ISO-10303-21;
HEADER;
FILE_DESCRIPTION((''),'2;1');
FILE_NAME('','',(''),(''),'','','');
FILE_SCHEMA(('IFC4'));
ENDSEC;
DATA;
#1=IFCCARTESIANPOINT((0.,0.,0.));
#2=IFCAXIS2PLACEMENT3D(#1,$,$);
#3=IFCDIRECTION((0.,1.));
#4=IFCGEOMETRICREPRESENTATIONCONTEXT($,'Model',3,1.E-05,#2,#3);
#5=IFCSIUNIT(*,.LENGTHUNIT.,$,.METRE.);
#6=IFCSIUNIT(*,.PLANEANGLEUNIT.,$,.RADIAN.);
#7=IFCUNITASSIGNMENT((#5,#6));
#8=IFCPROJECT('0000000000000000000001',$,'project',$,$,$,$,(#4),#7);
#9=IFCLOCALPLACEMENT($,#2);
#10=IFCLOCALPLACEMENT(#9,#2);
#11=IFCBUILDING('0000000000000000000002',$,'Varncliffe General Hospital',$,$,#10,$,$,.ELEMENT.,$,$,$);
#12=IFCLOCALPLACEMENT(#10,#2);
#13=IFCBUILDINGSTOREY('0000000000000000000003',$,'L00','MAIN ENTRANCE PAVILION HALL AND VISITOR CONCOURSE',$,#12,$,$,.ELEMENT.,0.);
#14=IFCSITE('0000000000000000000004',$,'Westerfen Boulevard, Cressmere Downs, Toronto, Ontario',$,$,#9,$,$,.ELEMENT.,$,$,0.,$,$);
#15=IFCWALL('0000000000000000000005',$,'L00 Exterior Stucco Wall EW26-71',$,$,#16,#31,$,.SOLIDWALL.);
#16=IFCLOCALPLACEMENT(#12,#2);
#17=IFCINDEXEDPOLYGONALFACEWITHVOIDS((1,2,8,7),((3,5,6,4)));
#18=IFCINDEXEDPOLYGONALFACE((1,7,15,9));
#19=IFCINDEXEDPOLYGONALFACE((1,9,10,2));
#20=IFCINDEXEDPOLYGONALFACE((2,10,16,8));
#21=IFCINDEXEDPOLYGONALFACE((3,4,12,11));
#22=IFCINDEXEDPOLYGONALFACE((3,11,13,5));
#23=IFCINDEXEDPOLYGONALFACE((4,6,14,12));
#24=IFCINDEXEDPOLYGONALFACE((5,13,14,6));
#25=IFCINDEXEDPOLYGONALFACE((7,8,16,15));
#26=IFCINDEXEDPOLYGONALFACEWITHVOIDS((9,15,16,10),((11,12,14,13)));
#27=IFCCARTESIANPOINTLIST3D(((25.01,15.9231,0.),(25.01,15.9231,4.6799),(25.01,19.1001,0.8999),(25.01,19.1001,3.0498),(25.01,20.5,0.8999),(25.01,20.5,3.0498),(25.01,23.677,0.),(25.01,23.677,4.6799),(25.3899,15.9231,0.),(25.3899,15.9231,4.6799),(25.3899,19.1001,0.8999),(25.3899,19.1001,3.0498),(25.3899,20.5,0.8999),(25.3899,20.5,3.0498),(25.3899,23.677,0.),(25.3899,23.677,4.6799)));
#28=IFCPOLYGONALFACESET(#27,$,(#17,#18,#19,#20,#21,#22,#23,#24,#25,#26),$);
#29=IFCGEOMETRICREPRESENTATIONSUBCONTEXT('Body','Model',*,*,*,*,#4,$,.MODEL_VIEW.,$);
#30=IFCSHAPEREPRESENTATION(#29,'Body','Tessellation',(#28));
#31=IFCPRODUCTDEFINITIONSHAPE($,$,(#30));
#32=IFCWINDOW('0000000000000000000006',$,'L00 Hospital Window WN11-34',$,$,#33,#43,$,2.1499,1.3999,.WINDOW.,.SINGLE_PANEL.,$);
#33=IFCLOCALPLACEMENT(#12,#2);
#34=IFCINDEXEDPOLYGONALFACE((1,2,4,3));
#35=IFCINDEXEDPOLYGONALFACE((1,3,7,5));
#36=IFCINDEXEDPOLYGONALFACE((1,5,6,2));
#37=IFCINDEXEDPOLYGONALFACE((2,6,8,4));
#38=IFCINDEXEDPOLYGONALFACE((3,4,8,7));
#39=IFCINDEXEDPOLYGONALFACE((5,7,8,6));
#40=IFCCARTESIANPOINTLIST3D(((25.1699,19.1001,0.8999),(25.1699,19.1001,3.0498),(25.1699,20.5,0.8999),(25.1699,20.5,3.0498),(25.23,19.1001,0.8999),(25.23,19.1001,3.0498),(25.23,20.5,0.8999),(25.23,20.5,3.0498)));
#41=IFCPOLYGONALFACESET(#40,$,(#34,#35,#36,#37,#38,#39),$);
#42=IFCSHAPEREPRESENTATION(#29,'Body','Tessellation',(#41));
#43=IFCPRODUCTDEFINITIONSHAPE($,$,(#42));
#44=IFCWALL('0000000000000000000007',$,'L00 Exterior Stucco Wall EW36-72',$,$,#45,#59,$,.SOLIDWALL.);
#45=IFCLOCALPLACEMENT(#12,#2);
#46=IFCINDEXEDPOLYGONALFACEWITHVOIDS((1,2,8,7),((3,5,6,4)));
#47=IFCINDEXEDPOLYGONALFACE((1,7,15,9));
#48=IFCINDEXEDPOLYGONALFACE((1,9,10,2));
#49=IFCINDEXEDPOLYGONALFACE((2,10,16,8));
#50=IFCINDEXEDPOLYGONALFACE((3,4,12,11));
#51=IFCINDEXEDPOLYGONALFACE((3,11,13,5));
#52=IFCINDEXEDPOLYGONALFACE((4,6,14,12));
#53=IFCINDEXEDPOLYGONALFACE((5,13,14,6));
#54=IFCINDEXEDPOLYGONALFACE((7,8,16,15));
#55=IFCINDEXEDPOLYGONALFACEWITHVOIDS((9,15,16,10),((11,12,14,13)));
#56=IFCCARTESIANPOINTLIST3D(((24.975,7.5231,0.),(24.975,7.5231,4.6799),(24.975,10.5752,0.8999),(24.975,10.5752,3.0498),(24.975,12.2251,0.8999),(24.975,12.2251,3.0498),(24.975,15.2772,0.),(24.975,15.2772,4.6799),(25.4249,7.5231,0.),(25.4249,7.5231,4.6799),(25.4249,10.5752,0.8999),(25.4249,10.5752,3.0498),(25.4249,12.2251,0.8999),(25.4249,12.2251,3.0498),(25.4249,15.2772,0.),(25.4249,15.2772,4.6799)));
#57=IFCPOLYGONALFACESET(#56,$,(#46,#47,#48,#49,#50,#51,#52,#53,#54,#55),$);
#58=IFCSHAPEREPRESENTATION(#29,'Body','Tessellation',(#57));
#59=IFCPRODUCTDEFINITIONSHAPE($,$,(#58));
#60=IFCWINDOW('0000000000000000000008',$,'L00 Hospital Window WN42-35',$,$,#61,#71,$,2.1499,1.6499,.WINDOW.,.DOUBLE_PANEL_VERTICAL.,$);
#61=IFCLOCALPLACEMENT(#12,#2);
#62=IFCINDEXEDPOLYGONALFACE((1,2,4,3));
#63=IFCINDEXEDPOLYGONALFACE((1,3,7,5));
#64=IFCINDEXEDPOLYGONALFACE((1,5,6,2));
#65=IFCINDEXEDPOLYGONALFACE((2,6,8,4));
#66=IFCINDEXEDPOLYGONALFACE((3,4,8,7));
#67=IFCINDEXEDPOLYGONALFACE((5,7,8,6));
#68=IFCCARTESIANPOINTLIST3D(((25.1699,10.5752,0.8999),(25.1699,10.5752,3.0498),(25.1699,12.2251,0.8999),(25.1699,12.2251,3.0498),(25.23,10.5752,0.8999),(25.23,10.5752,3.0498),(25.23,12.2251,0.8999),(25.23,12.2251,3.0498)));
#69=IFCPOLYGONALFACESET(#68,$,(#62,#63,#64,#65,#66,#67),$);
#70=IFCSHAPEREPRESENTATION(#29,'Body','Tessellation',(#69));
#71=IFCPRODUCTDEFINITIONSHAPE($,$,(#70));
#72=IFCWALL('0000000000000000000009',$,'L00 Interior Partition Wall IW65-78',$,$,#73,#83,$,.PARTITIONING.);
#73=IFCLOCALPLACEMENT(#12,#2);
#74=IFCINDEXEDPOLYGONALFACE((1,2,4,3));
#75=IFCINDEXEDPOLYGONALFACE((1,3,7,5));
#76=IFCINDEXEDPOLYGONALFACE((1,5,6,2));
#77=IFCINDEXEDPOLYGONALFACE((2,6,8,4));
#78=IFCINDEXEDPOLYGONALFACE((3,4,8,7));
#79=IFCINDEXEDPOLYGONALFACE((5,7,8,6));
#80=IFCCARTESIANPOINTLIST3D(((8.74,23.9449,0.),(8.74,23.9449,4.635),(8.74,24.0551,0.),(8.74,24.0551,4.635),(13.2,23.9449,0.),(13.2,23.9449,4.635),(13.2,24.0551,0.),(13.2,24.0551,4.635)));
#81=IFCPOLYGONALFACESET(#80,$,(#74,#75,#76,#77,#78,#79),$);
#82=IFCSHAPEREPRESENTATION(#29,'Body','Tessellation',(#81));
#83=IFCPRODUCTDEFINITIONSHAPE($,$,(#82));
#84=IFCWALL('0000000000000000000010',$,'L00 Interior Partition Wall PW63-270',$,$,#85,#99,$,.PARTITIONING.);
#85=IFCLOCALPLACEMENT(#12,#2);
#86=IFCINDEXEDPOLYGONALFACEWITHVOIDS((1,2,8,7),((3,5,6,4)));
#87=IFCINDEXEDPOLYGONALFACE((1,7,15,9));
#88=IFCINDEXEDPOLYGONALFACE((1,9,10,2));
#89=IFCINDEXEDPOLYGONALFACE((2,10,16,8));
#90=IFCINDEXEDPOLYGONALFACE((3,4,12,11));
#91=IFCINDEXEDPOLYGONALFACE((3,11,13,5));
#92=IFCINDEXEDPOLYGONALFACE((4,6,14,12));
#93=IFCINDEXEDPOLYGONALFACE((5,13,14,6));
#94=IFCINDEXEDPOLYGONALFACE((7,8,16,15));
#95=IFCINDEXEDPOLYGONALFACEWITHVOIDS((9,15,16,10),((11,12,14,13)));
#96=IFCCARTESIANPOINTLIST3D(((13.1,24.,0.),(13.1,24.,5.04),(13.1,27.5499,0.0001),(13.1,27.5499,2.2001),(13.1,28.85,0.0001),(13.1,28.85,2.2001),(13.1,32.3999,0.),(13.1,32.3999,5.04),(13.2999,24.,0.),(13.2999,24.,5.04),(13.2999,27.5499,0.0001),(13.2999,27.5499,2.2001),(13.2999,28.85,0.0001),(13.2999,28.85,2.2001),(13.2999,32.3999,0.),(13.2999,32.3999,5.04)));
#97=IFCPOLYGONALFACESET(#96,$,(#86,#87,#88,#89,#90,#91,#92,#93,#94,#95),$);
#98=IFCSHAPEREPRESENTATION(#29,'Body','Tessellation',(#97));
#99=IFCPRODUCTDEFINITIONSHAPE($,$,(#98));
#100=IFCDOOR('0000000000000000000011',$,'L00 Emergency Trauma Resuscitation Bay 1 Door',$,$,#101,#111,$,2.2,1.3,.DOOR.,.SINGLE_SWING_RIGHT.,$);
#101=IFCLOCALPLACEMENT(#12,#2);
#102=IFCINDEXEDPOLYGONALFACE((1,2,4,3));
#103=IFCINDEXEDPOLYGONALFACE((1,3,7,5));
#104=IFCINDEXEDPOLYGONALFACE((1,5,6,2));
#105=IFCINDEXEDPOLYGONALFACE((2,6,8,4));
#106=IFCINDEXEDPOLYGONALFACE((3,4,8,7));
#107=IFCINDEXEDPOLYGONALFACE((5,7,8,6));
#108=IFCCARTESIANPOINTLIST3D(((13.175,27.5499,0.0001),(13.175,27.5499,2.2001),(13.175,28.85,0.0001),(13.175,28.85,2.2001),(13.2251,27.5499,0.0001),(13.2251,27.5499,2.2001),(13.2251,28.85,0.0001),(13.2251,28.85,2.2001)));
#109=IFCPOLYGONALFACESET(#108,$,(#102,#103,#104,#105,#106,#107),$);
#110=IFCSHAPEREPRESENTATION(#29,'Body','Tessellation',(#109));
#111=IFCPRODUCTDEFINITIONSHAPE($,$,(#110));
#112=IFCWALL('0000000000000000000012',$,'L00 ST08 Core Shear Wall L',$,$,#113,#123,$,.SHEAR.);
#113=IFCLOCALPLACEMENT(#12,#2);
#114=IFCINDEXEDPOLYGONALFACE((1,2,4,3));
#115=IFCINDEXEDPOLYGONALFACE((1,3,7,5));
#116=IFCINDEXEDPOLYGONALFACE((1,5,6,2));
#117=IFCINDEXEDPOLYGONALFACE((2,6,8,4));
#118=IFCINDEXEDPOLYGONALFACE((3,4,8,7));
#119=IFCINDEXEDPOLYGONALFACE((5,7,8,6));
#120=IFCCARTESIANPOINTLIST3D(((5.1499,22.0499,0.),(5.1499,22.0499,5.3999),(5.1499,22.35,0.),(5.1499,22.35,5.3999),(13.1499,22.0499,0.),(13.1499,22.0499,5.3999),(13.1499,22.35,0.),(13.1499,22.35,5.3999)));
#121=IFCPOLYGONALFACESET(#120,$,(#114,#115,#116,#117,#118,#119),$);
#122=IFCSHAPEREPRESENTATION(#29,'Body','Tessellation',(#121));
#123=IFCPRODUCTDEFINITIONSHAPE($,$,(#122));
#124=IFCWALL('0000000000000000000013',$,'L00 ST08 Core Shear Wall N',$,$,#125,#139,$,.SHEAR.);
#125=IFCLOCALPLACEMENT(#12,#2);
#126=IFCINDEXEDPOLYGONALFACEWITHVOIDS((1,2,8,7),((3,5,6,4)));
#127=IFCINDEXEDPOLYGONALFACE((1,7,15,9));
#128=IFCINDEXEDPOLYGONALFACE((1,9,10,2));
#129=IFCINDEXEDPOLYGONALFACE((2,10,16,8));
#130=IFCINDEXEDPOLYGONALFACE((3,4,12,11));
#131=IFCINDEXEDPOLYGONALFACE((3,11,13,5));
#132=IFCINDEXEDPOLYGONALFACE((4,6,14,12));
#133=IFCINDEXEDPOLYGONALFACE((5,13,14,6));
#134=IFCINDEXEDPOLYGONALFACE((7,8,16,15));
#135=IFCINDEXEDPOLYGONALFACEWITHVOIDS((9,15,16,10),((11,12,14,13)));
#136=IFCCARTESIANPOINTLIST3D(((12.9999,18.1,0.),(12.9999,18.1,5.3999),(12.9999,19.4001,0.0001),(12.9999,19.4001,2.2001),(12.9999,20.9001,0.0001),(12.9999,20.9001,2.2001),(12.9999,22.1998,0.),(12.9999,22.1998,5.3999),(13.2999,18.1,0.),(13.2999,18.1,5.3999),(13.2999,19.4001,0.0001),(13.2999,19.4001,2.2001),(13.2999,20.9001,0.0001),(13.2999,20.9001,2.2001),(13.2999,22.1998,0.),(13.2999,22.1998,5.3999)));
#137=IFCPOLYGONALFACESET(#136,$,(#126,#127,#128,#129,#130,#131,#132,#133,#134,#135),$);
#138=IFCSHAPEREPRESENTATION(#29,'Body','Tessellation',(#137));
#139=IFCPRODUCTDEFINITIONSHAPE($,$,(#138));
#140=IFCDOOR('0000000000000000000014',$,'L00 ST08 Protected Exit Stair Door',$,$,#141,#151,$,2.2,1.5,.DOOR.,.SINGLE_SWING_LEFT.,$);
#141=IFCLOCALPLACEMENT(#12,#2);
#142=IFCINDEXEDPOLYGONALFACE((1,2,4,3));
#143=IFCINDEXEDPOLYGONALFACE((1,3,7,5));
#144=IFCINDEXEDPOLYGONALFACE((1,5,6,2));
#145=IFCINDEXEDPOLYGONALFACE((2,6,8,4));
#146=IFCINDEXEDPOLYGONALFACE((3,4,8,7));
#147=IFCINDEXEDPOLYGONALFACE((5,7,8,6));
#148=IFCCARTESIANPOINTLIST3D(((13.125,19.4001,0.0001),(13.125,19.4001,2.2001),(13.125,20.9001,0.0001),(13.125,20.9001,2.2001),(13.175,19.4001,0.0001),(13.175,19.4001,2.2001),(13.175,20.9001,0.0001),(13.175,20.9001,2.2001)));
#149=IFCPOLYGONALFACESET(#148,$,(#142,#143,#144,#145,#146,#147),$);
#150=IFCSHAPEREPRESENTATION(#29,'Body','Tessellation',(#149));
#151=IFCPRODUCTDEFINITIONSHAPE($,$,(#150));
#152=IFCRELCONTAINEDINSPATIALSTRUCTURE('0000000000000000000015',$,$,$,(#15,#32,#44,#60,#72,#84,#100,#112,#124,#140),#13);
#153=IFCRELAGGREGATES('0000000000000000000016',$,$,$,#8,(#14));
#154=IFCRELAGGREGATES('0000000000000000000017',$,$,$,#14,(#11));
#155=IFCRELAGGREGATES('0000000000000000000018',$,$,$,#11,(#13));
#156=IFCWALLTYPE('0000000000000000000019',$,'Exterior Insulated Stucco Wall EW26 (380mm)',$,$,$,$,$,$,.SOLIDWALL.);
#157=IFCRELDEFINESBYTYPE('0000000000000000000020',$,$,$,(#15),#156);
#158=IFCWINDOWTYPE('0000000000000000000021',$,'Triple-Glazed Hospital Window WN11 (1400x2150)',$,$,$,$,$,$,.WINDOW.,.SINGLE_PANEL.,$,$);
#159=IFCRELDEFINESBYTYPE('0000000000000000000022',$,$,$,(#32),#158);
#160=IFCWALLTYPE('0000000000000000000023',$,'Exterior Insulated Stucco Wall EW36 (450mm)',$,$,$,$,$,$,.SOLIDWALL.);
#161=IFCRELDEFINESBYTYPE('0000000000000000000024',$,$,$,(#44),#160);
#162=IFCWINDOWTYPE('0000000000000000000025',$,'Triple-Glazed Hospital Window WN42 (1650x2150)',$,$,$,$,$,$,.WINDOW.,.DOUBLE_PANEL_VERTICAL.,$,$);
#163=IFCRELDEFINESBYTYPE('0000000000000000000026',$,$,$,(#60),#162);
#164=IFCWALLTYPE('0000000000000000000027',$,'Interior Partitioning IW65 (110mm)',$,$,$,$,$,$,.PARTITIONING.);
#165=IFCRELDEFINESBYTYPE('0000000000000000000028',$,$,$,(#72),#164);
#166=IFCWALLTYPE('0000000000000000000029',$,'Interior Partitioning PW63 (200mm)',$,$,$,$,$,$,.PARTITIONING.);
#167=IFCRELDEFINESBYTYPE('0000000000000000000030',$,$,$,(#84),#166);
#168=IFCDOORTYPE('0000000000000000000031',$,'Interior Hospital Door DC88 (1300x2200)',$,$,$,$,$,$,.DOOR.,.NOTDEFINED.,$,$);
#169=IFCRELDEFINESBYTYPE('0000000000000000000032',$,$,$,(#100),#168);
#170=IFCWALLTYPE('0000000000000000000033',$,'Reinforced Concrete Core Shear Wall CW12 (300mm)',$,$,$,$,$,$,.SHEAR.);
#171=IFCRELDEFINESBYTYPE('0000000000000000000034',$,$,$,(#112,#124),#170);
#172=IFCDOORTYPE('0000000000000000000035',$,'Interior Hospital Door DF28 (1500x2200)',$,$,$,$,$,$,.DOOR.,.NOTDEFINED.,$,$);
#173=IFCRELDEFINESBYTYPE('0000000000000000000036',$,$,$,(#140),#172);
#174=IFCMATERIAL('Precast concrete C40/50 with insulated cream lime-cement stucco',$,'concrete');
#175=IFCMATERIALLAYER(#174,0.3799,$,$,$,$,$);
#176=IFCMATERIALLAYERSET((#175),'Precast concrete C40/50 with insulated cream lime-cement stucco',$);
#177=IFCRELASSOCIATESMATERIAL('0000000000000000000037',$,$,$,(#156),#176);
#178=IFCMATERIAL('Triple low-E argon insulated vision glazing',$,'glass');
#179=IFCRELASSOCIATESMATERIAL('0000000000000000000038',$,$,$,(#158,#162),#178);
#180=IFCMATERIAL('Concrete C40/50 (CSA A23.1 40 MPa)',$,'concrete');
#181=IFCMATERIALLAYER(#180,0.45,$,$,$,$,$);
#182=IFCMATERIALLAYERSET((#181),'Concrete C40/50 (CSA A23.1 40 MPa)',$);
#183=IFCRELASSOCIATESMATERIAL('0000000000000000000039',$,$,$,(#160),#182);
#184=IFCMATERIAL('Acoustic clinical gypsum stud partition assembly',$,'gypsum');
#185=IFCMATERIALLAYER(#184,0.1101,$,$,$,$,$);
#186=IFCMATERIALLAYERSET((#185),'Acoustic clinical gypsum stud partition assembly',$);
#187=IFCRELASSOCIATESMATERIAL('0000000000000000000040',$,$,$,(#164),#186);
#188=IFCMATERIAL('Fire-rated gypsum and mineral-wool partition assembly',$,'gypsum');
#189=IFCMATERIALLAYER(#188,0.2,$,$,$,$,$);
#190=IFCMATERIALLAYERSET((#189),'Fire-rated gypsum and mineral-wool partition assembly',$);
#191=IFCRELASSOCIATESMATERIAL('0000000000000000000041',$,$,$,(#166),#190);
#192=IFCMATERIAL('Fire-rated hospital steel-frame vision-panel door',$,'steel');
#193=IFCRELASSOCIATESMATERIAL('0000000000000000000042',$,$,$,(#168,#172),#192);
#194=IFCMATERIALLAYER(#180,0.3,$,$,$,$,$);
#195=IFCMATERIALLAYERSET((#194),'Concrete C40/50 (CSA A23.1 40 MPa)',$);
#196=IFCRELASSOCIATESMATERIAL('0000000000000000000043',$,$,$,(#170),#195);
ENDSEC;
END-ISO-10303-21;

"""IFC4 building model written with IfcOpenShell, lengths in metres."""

from ifc_helpers import new_model, si_unit, direction, frame, frame_2d, origin, place, context, subcontext, project, spatial, rectangle, extrude, material, layer, layer_set, type_object, element, fill, save


model = new_model("IFC4")

# Units and contexts
model_context = context("Model", 3, precision=1e-05, world=origin(), true_north=direction((0.0, 1.0)))
body_context = subcontext(model_context, "Body", "Model", "MODEL_VIEW")
ifc_project = project(units=[si_unit("LENGTHUNIT", "METRE"), si_unit("PLANEANGLEUNIT", "RADIAN")], contexts=[model_context])

# Site, building, storey
site_placement = place(None, origin())
site = spatial("IfcSite", under=ifc_project, at=site_placement, Name="Westerfen Boulevard, Cressmere Downs, Toronto, Ontario", CompositionType="ELEMENT", RefElevation=0.0)
building_placement = place(site_placement, origin())
building = spatial("IfcBuilding", under=site, at=building_placement, Name="Varncliffe General Hospital", CompositionType="ELEMENT")
storey_placement = place(building_placement, origin())
storey = spatial("IfcBuildingStorey", under=building, at=storey_placement, Name="L00", Description="MAIN ENTRANCE PAVILION HALL AND VISITOR CONCOURSE", CompositionType="ELEMENT", Elevation=0.0)

# Shared definitions
ifc_material_1 = material(Name="Concrete C40/50 (CSA A23.1 40 MPa)", Category="concrete")

# Walls, openings, windows
ifc_material_2 = material(Name="Precast concrete C40/50 with insulated cream lime-cement stucco", Category="concrete")
ifc_layer_1 = layer(ifc_material_2, 0.3799)
ifc_layer_set_1 = layer_set([ifc_layer_1], Name="Precast concrete C40/50 with insulated cream lime-cement stucco")
wall_type_1 = type_object("IfcWallType", Name="Exterior Insulated Stucco Wall EW26 (380mm)", PredefinedType="SOLIDWALL", material=ifc_layer_set_1)
wall_1_placement = place(storey_placement, frame((25.2, 23.677, 0.0), z_axis=(0.0, 0.0, 1.0), x_axis=(0.0, -1.0, 0.0)))
wall_1 = element("IfcWall", 1, at=wall_1_placement, inside=storey, type_object=wall_type_1, Name="L00 Exterior Stucco Wall EW26-71", PredefinedType="SOLIDWALL", context=body_context, shape_type="SweptSolid", body=[
    extrude(rectangle(XDim=7.7539, YDim=0.3799, at=frame_2d((3.877, 0.0))), origin(), (0.0, 0.0, 1.0), 4.6799),
])
opening_1_placement = place(wall_1_placement, frame((3.177, 0.0, 0.8999)))
opening_1 = element("IfcOpeningElement", 2, at=opening_1_placement, cuts=wall_1, PredefinedType="OPENING", context=body_context, shape_type="SweptSolid", body=[
    extrude(rectangle(XDim=1.3999, YDim=2.1499, at=frame_2d((0.7, 1.075))), frame((0.0, 0.2, 0.0), z_axis=(0.0, -1.0, 0.0), x_axis=(1.0, 0.0, 0.0)), (0.0, 0.0, 1.0), 0.3999),
])
ifc_material_3 = material(Name="Triple low-E argon insulated vision glazing", Category="glass")
window_type_1 = type_object("IfcWindowType", Name="Triple-Glazed Hospital Window WN11 (1400x2150)", PartitioningType="SINGLE_PANEL", PredefinedType="WINDOW", material=ifc_material_3)
window_1_placement = place(opening_1_placement, origin())
window_1 = element("IfcWindow", 3, at=window_1_placement, inside=storey, type_object=window_type_1, Name="L00 Hospital Window WN11-34", OverallHeight=2.1499, OverallWidth=1.3999, PartitioningType="SINGLE_PANEL", PredefinedType="WINDOW", context=body_context, shape_type="SweptSolid", body=[
    extrude(rectangle(XDim=1.3999, YDim=2.1499, at=frame_2d((0.7, 1.075))), frame((0.0, 0.03, 0.0), z_axis=(0.0, -1.0, 0.0), x_axis=(1.0, 0.0, 0.0)), (0.0, 0.0, 1.0), 0.0601),
])
fill(opening_1, window_1)
ifc_layer_2 = layer(ifc_material_1, 0.45)
ifc_layer_set_2 = layer_set([ifc_layer_2], Name="Concrete C40/50 (CSA A23.1 40 MPa)")
wall_type_2 = type_object("IfcWallType", Name="Exterior Insulated Stucco Wall EW36 (450mm)", PredefinedType="SOLIDWALL", material=ifc_layer_set_2)
wall_2_placement = place(storey_placement, frame((25.2, 15.2771, 0.0), z_axis=(0.0, 0.0, 1.0), x_axis=(0.0, -1.0, 0.0)))
wall_2 = element("IfcWall", 4, at=wall_2_placement, inside=storey, type_object=wall_type_2, Name="L00 Exterior Stucco Wall EW36-72", PredefinedType="SOLIDWALL", context=body_context, shape_type="SweptSolid", body=[
    extrude(rectangle(XDim=7.7542, YDim=0.45, at=frame_2d((3.877, 0.0))), origin(), (0.0, 0.0, 1.0), 4.6799),
])
opening_2_placement = place(wall_2_placement, frame((3.052, 0.0, 0.8999)))
opening_2 = element("IfcOpeningElement", 5, at=opening_2_placement, cuts=wall_2, PredefinedType="OPENING", context=body_context, shape_type="SweptSolid", body=[
    extrude(rectangle(XDim=1.6499, YDim=2.1499, at=frame_2d((0.825, 1.075))), frame((0.0, 0.2349, 0.0), z_axis=(0.0, -1.0, 0.0), x_axis=(1.0, 0.0, 0.0)), (0.0, 0.0, 1.0), 0.47),
])
window_type_2 = type_object("IfcWindowType", Name="Triple-Glazed Hospital Window WN42 (1650x2150)", PartitioningType="DOUBLE_PANEL_VERTICAL", PredefinedType="WINDOW", material=ifc_material_3)
window_2_placement = place(opening_2_placement, origin())
window_2 = element("IfcWindow", 6, at=window_2_placement, inside=storey, type_object=window_type_2, Name="L00 Hospital Window WN42-35", OverallHeight=2.1499, OverallWidth=1.6499, PartitioningType="DOUBLE_PANEL_VERTICAL", PredefinedType="WINDOW", context=body_context, shape_type="SweptSolid", body=[
    extrude(rectangle(XDim=1.6499, YDim=2.1499, at=frame_2d((0.825, 1.075))), frame((0.0, 0.03, 0.0), z_axis=(0.0, -1.0, 0.0), x_axis=(1.0, 0.0, 0.0)), (0.0, 0.0, 1.0), 0.0601),
])
fill(opening_2, window_2)

# Wall
ifc_material_4 = material(Name="Acoustic clinical gypsum stud partition assembly", Category="gypsum")
ifc_layer_3 = layer(ifc_material_4, 0.1101)
ifc_layer_set_3 = layer_set([ifc_layer_3], Name="Acoustic clinical gypsum stud partition assembly")
wall_type_3 = type_object("IfcWallType", Name="Interior Partitioning IW65 (110mm)", PredefinedType="PARTITIONING", material=ifc_layer_set_3)
wall_3_placement = place(storey_placement, frame((8.74, 24.0, 0.0), z_axis=(0.0, 0.0, 1.0), x_axis=(1.0, 0.0, 0.0)))
element("IfcWall", 7, at=wall_3_placement, inside=storey, type_object=wall_type_3, Name="L00 Interior Partition Wall IW65-78", PredefinedType="PARTITIONING", context=body_context, shape_type="SweptSolid", body=[
    extrude(rectangle(XDim=4.46, YDim=0.1101, at=frame_2d((2.23, 0.0))), origin(), (0.0, 0.0, 1.0), 4.635),
])

# Wall, opening, door
ifc_material_5 = material(Name="Fire-rated gypsum and mineral-wool partition assembly", Category="gypsum")
ifc_layer_4 = layer(ifc_material_5, 0.2)
ifc_layer_set_4 = layer_set([ifc_layer_4], Name="Fire-rated gypsum and mineral-wool partition assembly")
wall_type_4 = type_object("IfcWallType", Name="Interior Partitioning PW63 (200mm)", PredefinedType="PARTITIONING", material=ifc_layer_set_4)
wall_4_placement = place(storey_placement, frame((13.2, 24.0, 0.0), z_axis=(0.0, 0.0, 1.0), x_axis=(0.0, 1.0, 0.0)))
wall_4 = element("IfcWall", 8, at=wall_4_placement, inside=storey, type_object=wall_type_4, Name="L00 Interior Partition Wall PW63-270", PredefinedType="PARTITIONING", context=body_context, shape_type="SweptSolid", body=[
    extrude(rectangle(XDim=8.3999, YDim=0.2, at=frame_2d((4.2, 0.0))), origin(), (0.0, 0.0, 1.0), 5.04),
])
opening_3_placement = place(wall_4_placement, frame((3.55, 0.0, 0.0)))
opening_3 = element("IfcOpeningElement", 9, at=opening_3_placement, cuts=wall_4, PredefinedType="OPENING", context=body_context, shape_type="SweptSolid", body=[
    extrude(rectangle(XDim=1.3, YDim=2.2, at=frame_2d((0.6499, 1.1001))), frame((0.0, 0.1099, 0.0), z_axis=(0.0, -1.0, 0.0), x_axis=(1.0, 0.0, 0.0)), (0.0, 0.0, 1.0), 0.22),
])
ifc_material_6 = material(Name="Fire-rated hospital steel-frame vision-panel door", Category="steel")
door_type_1 = type_object("IfcDoorType", Name="Interior Hospital Door DC88 (1300x2200)", OperationType="NOTDEFINED", PredefinedType="DOOR", material=ifc_material_6)
door_1_placement = place(opening_3_placement, origin())
door_1 = element("IfcDoor", 10, at=door_1_placement, inside=storey, type_object=door_type_1, Name="L00 Emergency Trauma Resuscitation Bay 1 Door", OperationType="SINGLE_SWING_RIGHT", OverallHeight=2.2, OverallWidth=1.3, PredefinedType="DOOR", context=body_context, shape_type="SweptSolid", body=[
    extrude(rectangle(XDim=1.3, YDim=2.2, at=frame_2d((0.6499, 1.1001))), frame((0.0, 0.0249, 0.0), z_axis=(0.0, -1.0, 0.0), x_axis=(1.0, 0.0, 0.0)), (0.0, 0.0, 1.0), 0.05),
])
fill(opening_3, door_1)

# Wall
ifc_layer_5 = layer(ifc_material_1, 0.3)
ifc_layer_set_5 = layer_set([ifc_layer_5], Name="Concrete C40/50 (CSA A23.1 40 MPa)")
wall_type_5 = type_object("IfcWallType", Name="Reinforced Concrete Core Shear Wall CW12 (300mm)", PredefinedType="SHEAR", material=ifc_layer_set_5)
wall_5_placement = place(storey_placement, frame((13.1499, 22.2, 0.0), z_axis=(0.0, 0.0, 1.0), x_axis=(-1.0, 0.0, 0.0)))
element("IfcWall", 11, at=wall_5_placement, inside=storey, type_object=wall_type_5, Name="L00 ST08 Core Shear Wall L", PredefinedType="SHEAR", context=body_context, shape_type="SweptSolid", body=[
    extrude(rectangle(XDim=8.0, YDim=0.3, at=frame_2d((4.0, 0.0))), origin(), (0.0, 0.0, 1.0), 5.3999),
])

# Wall, opening, door
wall_6_placement = place(storey_placement, frame((13.1499, 18.1001, 0.0), z_axis=(0.0, 0.0, 1.0), x_axis=(0.0, 1.0, 0.0)))
wall_6 = element("IfcWall", 12, at=wall_6_placement, inside=storey, type_object=wall_type_5, Name="L00 ST08 Core Shear Wall N", PredefinedType="SHEAR", context=body_context, shape_type="SweptSolid", body=[
    extrude(rectangle(XDim=4.0999, YDim=0.3, at=frame_2d((2.0498, 0.0))), origin(), (0.0, 0.0, 1.0), 5.3999),
])
opening_4_placement = place(wall_6_placement, frame((1.3, 0.0, 0.0)))
opening_4 = element("IfcOpeningElement", 13, at=opening_4_placement, cuts=wall_6, PredefinedType="OPENING", context=body_context, shape_type="SweptSolid", body=[
    extrude(rectangle(XDim=1.5, YDim=2.2, at=frame_2d((0.75, 1.1001))), frame((0.0, 0.1602, 0.0), z_axis=(0.0, -1.0, 0.0), x_axis=(1.0, 0.0, 0.0)), (0.0, 0.0, 1.0), 0.3201),
])
door_type_2 = type_object("IfcDoorType", Name="Interior Hospital Door DF28 (1500x2200)", OperationType="NOTDEFINED", PredefinedType="DOOR", material=ifc_material_6)
door_2_placement = place(opening_4_placement, origin())
door_2 = element("IfcDoor", 14, at=door_2_placement, inside=storey, type_object=door_type_2, Name="L00 ST08 Protected Exit Stair Door", OperationType="SINGLE_SWING_LEFT", OverallHeight=2.2, OverallWidth=1.5, PredefinedType="DOOR", context=body_context, shape_type="SweptSolid", body=[
    extrude(rectangle(XDim=1.5, YDim=2.2, at=frame_2d((0.75, 1.1001))), frame((0.0, 0.0249, 0.0), z_axis=(0.0, -1.0, 0.0), x_axis=(1.0, 0.0, 0.0)), (0.0, 0.0, 1.0), 0.05),
])
fill(opening_4, door_2)

save(model, "model.ifc")
